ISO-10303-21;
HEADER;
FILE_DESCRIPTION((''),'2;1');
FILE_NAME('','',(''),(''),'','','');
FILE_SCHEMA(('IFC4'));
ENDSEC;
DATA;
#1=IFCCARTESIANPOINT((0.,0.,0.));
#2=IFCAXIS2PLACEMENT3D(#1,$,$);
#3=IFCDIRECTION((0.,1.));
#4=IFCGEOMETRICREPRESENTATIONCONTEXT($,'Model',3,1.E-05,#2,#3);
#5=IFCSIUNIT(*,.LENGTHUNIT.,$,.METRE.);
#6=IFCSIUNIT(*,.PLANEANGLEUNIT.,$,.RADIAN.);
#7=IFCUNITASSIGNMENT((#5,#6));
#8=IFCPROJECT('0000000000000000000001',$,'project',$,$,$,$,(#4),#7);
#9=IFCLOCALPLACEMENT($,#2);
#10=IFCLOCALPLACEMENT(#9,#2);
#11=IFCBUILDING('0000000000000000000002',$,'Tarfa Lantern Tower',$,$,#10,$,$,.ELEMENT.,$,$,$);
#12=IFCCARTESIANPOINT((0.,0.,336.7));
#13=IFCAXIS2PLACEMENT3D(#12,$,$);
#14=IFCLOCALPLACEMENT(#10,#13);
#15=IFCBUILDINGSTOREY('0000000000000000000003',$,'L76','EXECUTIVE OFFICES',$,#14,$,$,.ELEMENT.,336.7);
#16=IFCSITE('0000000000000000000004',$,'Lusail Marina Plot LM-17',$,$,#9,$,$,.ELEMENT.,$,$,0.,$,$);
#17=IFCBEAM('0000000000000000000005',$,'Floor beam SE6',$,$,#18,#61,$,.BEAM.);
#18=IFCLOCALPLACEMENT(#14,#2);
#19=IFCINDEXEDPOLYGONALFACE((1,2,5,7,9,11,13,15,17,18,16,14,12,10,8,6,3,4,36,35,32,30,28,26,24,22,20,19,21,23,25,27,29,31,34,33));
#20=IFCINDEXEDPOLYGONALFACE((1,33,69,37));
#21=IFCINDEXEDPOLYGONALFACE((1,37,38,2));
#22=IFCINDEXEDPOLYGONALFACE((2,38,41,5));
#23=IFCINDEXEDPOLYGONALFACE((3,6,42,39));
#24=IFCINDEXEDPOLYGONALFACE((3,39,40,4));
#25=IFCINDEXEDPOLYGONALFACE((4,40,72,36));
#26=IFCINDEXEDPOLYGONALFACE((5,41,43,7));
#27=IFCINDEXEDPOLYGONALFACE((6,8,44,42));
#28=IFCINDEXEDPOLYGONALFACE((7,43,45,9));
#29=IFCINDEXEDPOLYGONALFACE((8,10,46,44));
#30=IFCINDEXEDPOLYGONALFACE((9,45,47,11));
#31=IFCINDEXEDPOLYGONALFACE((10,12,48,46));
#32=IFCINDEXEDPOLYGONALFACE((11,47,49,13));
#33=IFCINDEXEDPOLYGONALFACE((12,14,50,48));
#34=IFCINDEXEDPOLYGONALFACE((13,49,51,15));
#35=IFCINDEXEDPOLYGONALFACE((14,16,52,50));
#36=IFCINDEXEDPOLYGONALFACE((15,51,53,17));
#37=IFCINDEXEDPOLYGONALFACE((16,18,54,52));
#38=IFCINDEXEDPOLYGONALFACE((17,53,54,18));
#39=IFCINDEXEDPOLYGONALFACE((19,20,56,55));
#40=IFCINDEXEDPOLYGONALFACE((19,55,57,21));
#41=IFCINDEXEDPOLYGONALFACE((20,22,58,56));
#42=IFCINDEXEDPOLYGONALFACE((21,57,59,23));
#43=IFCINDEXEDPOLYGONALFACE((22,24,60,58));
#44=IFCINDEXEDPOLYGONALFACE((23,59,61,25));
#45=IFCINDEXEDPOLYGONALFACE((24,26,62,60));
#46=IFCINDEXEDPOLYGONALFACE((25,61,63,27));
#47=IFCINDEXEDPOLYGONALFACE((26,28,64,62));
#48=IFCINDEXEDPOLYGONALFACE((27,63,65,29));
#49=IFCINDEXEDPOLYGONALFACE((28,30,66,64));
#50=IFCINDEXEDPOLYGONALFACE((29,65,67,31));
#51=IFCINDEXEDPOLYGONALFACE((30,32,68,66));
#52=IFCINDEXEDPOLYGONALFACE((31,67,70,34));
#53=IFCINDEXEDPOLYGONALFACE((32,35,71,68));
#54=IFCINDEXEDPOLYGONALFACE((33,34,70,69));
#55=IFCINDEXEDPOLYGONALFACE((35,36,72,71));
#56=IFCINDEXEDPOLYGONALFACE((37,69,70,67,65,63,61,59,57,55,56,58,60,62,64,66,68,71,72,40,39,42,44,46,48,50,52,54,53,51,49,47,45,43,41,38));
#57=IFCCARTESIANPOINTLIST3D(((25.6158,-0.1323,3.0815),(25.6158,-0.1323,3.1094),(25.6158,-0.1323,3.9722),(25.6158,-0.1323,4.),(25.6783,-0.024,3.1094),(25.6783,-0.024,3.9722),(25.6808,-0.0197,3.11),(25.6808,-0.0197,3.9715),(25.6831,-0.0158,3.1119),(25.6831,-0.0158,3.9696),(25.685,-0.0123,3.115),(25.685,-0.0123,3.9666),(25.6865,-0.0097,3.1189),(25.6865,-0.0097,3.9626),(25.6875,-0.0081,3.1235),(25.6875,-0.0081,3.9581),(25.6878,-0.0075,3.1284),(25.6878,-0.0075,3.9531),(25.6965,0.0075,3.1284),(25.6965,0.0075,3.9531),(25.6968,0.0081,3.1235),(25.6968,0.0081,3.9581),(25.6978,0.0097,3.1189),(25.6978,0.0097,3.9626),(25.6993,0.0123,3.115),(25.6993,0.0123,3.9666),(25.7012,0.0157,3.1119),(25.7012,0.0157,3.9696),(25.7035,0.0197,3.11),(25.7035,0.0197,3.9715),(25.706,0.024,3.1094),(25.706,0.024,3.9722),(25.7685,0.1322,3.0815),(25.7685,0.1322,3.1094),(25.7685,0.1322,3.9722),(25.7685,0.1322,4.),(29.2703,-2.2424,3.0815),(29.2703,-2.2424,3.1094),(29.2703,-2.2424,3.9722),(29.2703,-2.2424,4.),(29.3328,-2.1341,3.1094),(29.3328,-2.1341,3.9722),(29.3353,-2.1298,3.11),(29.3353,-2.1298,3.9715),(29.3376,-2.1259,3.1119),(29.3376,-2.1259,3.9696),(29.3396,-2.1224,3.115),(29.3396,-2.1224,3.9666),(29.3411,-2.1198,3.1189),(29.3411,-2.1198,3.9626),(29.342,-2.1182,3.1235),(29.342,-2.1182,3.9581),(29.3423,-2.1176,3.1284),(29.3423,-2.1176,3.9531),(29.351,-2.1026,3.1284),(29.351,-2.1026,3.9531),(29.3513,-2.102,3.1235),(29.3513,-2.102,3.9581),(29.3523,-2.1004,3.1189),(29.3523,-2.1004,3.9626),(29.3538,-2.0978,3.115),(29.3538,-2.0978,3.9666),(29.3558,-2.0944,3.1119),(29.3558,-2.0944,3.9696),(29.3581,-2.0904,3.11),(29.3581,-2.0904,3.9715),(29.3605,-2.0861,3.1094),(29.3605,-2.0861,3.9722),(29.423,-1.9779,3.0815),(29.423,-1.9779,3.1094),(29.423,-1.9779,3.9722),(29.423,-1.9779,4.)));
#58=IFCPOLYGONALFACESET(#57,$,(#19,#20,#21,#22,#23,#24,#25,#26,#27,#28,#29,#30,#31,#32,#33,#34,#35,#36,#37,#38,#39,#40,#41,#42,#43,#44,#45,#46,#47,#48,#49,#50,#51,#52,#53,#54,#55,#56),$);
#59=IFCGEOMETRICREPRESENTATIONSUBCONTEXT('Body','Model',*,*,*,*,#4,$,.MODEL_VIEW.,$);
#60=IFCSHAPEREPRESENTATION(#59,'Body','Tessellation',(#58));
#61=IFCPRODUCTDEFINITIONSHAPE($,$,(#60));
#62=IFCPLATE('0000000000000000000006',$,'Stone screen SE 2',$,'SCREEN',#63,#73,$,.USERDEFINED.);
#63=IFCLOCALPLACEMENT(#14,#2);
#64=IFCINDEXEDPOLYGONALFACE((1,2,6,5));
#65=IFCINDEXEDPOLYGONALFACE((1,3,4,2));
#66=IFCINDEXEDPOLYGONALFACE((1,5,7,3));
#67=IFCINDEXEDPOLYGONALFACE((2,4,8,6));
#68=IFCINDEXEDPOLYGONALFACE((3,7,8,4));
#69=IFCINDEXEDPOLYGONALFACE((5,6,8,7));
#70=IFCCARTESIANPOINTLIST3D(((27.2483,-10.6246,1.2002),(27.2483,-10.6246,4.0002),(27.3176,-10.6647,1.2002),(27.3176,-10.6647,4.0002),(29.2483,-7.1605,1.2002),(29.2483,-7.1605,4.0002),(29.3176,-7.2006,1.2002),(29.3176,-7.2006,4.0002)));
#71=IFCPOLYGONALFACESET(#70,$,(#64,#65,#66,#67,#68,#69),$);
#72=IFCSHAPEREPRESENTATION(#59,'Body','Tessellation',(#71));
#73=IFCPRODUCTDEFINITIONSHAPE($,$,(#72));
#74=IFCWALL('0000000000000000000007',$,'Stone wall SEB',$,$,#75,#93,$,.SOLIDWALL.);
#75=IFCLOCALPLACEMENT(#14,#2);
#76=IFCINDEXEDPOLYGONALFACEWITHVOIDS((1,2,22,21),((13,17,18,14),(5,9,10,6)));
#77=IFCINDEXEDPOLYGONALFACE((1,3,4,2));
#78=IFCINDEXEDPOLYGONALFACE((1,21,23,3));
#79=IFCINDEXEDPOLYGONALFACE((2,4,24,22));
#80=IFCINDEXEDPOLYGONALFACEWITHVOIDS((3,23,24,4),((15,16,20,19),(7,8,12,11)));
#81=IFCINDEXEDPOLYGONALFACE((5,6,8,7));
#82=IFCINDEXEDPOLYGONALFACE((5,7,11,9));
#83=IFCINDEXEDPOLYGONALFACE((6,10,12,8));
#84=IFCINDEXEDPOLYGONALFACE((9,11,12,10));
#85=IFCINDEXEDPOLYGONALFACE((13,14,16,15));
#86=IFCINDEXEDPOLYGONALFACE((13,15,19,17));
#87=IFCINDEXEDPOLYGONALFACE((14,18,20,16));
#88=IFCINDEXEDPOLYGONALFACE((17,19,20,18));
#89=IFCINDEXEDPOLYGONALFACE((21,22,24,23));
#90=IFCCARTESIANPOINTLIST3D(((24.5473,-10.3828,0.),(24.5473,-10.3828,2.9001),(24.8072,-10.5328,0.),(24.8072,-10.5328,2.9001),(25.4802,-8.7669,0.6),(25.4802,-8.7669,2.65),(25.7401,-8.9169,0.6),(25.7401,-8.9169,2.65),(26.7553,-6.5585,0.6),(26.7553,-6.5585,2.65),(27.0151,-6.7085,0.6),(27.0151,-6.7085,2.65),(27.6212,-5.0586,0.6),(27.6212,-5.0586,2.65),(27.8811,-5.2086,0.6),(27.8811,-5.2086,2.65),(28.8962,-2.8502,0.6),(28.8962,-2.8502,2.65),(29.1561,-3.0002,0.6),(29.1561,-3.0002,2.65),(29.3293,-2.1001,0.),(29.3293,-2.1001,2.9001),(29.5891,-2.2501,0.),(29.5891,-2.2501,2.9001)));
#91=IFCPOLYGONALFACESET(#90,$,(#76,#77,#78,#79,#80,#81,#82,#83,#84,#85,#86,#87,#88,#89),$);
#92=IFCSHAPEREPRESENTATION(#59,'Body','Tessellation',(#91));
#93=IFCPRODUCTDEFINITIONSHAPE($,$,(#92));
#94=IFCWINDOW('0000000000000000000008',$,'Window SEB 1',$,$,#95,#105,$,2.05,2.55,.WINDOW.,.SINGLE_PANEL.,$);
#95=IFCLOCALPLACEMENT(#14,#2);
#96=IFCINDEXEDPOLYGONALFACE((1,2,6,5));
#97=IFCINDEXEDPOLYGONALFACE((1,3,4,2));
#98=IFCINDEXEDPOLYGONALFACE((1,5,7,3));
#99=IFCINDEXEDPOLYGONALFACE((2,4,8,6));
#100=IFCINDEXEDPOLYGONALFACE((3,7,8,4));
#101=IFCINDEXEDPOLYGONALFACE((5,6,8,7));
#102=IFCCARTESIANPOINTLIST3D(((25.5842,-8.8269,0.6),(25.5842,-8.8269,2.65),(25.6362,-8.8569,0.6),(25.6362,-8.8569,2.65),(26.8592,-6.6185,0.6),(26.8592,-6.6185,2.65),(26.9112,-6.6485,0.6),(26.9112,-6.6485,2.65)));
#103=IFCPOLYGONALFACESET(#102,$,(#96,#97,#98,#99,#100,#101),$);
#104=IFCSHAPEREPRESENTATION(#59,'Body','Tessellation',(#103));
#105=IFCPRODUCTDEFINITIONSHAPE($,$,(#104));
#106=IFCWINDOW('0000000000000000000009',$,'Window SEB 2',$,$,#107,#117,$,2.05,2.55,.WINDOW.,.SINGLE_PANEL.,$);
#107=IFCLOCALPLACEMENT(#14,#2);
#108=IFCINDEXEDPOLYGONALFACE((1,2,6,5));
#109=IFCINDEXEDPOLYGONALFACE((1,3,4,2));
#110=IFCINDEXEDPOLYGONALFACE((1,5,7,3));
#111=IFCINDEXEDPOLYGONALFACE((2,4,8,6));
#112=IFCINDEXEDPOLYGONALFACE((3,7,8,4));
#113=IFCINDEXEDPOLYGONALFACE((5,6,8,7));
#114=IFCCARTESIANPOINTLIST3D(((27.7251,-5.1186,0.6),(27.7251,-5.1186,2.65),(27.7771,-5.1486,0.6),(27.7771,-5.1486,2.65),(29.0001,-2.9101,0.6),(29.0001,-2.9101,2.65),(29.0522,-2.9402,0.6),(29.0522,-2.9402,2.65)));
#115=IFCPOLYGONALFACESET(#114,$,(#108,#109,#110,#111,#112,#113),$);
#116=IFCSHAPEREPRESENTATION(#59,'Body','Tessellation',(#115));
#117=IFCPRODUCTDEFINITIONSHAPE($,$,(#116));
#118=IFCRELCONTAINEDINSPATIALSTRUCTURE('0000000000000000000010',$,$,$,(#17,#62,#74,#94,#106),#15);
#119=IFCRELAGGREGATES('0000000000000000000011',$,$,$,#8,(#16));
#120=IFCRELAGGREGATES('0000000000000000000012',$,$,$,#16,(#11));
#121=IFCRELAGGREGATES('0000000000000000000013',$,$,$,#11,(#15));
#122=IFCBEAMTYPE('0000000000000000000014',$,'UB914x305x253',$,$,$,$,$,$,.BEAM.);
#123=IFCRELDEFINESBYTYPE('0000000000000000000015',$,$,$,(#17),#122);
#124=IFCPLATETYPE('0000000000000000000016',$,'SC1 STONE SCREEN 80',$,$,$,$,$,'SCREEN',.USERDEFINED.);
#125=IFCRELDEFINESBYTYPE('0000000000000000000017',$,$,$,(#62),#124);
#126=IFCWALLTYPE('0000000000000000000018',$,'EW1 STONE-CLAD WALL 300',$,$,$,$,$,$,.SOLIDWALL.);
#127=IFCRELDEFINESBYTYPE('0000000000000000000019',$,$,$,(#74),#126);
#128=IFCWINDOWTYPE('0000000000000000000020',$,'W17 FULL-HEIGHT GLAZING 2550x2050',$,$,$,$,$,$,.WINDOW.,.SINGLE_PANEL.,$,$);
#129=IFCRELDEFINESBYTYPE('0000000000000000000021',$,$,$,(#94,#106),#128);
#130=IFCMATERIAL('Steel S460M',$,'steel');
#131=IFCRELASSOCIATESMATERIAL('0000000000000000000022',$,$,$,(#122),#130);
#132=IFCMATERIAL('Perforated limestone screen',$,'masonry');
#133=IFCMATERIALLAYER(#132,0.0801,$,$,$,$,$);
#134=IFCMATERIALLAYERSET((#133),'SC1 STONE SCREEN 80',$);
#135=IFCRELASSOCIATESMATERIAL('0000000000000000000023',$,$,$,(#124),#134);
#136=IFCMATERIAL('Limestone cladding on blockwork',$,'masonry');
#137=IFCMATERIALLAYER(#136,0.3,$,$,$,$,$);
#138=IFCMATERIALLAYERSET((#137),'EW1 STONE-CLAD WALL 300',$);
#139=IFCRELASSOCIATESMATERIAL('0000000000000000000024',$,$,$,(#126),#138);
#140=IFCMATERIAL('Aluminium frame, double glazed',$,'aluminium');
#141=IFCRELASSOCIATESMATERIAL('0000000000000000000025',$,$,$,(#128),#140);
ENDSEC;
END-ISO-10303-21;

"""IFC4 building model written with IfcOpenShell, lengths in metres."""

from ifc_helpers import new_model, si_unit, direction, frame, frame_2d, origin, origin_2d, place, context, subcontext, project, spatial, rectangle, i_section, extrude, material, layer, layer_set, material_profile, profile_set, type_object, element, fill, save


model = new_model("IFC4")

# Units and contexts
model_context = context("Model", 3, precision=1e-05, world=origin(), true_north=direction((0.0, 1.0)))
body_context = subcontext(model_context, "Body", "Model", "MODEL_VIEW")
ifc_project = project(units=[si_unit("LENGTHUNIT", "METRE"), si_unit("PLANEANGLEUNIT", "RADIAN")], contexts=[model_context])

# Site, building, storey
site_placement = place(None, origin())
site = spatial("IfcSite", under=ifc_project, at=site_placement, Name="Lusail Marina Plot LM-17", CompositionType="ELEMENT", RefElevation=0.0)
building_placement = place(site_placement, origin())
building = spatial("IfcBuilding", under=site, at=building_placement, Name="Tarfa Lantern Tower", CompositionType="ELEMENT")
storey_placement = place(building_placement, frame((0.0, 0.0, 336.7)))
storey = spatial("IfcBuildingStorey", under=building, at=storey_placement, Name="L76", Description="EXECUTIVE OFFICES", CompositionType="ELEMENT", Elevation=336.7)

# Beam
ifc_material_1 = material(Name="Steel S460M", Category="steel")
ifc_material_profile_1 = material_profile(ifc_material_1, i_section(OverallWidth=0.3054, OverallDepth=0.9185, WebThickness=0.0173, FlangeThickness=0.0278, FilletRadius=0.019, at=origin_2d()), Name="UB914x305x253")
ifc_profile_set_1 = profile_set([ifc_material_profile_1], Name="Steel S460M")
beam_type_1 = type_object("IfcBeamType", Name="UB914x305x253", PredefinedType="BEAM", material=ifc_profile_set_1)
beam_1_placement = place(storey_placement, frame((29.3467, -2.1101, 3.5408), z_axis=(-0.866009, 0.500028, 0.0), x_axis=(-0.500028, -0.866009, 0.0)))
element("IfcBeam", 1, at=beam_1_placement, inside=storey, type_object=beam_type_1, Name="Floor beam SE6", PredefinedType="BEAM", context=body_context, shape_type="SweptSolid", body=[
    extrude(i_section(OverallWidth=0.3054, OverallDepth=0.9185, WebThickness=0.0173, FlangeThickness=0.0278, FilletRadius=0.019, at=origin_2d()), origin(), (0.0, 0.0, 1.0), 4.22),
])

# Plate
ifc_material_2 = material(Name="Perforated limestone screen", Category="masonry")
ifc_layer_1 = layer(ifc_material_2, 0.0801)
ifc_layer_set_1 = layer_set([ifc_layer_1], Name="SC1 STONE SCREEN 80")
plate_type = type_object("IfcPlateType", Name="SC1 STONE SCREEN 80", ElementType="SCREEN", PredefinedType="USERDEFINED", material=ifc_layer_set_1)
plate_placement = place(storey_placement, frame((28.283, -8.9126, 1.2002), z_axis=(0.0, 0.0, 1.0), x_axis=(0.5, 0.866025, 0.0)))
element("IfcPlate", 2, at=plate_placement, inside=storey, type_object=plate_type, Name="Stone screen SE 2", ObjectType="SCREEN", PredefinedType="USERDEFINED", context=body_context, shape_type="SweptSolid", body=[
    extrude(rectangle(XDim=4.0, YDim=0.0801, at=origin_2d()), origin(), (0.0, 0.0, 1.0), 2.8),
])

# Wall, openings, windows
ifc_material_3 = material(Name="Limestone cladding on blockwork", Category="masonry")
ifc_layer_2 = layer(ifc_material_3, 0.3)
ifc_layer_set_2 = layer_set([ifc_layer_2], Name="EW1 STONE-CLAD WALL 300")
wall_type = type_object("IfcWallType", Name="EW1 STONE-CLAD WALL 300", PredefinedType="SOLIDWALL", material=ifc_layer_set_2)
wall_placement = place(storey_placement, frame((24.6772, -10.4578, 0.0), z_axis=(0.0, 0.0, 1.0), x_axis=(0.499996, 0.866027, 0.0)))
wall = element("IfcWall", 3, at=wall_placement, inside=storey, type_object=wall_type, Name="Stone wall SEB", PredefinedType="SOLIDWALL", context=body_context, shape_type="SweptSolid", body=[
    extrude(rectangle(XDim=9.564, YDim=0.3, at=frame_2d((4.782, 0.0))), origin(), (0.0, 0.0, 1.0), 2.9001),
])
opening_1_placement = place(wall_placement, frame((1.866, 0.0, 0.6001)))
opening_1 = element("IfcOpeningElement", 4, at=opening_1_placement, cuts=wall, PredefinedType="OPENING", context=body_context, shape_type="SweptSolid", body=[
    extrude(rectangle(XDim=2.55, YDim=2.05, at=frame_2d((1.2749, 1.0249))), frame((0.0, 0.1599, 0.0), z_axis=(0.0, -1.0, 0.0), x_axis=(1.0, 0.0, 0.0)), (0.0, 0.0, 1.0), 0.3201),
])
opening_2_placement = place(wall_placement, frame((6.1479, 0.0, 0.6001)))
opening_2 = element("IfcOpeningElement", 5, at=opening_2_placement, cuts=wall, PredefinedType="OPENING", context=body_context, shape_type="SweptSolid", body=[
    extrude(rectangle(XDim=2.55, YDim=2.05, at=frame_2d((1.2749, 1.0249))), frame((0.0, 0.1599, 0.0), z_axis=(0.0, -1.0, 0.0), x_axis=(1.0, 0.0, 0.0)), (0.0, 0.0, 1.0), 0.3201),
])
ifc_material_4 = material(Name="Aluminium frame, double glazed", Category="aluminium")
window_type = type_object("IfcWindowType", Name="W17 FULL-HEIGHT GLAZING 2550x2050", PartitioningType="SINGLE_PANEL", PredefinedType="WINDOW", material=ifc_material_4)
window_1_placement = place(opening_1_placement, origin())
window_1 = element("IfcWindow", 6, at=window_1_placement, inside=storey, type_object=window_type, Name="Window SEB 1", OverallHeight=2.05, OverallWidth=2.55, PartitioningType="SINGLE_PANEL", PredefinedType="WINDOW", context=body_context, shape_type="SweptSolid", body=[
    extrude(rectangle(XDim=2.55, YDim=2.05, at=frame_2d((1.2749, 1.0249))), frame((0.0, 0.03, 0.0), z_axis=(0.0, -1.0, 0.0), x_axis=(1.0, 0.0, 0.0)), (0.0, 0.0, 1.0), 0.0601),
])
fill(opening_1, window_1)
window_2_placement = place(opening_2_placement, origin())
window_2 = element("IfcWindow", 7, at=window_2_placement, inside=storey, type_object=window_type, Name="Window SEB 2", OverallHeight=2.05, OverallWidth=2.55, PartitioningType="SINGLE_PANEL", PredefinedType="WINDOW", context=body_context, shape_type="SweptSolid", body=[
    extrude(rectangle(XDim=2.55, YDim=2.05, at=frame_2d((1.2749, 1.0249))), frame((0.0, 0.03, 0.0), z_axis=(0.0, -1.0, 0.0), x_axis=(1.0, 0.0, 0.0)), (0.0, 0.0, 1.0), 0.0601),
])
fill(opening_2, window_2)

save(model, "model.ifc")
